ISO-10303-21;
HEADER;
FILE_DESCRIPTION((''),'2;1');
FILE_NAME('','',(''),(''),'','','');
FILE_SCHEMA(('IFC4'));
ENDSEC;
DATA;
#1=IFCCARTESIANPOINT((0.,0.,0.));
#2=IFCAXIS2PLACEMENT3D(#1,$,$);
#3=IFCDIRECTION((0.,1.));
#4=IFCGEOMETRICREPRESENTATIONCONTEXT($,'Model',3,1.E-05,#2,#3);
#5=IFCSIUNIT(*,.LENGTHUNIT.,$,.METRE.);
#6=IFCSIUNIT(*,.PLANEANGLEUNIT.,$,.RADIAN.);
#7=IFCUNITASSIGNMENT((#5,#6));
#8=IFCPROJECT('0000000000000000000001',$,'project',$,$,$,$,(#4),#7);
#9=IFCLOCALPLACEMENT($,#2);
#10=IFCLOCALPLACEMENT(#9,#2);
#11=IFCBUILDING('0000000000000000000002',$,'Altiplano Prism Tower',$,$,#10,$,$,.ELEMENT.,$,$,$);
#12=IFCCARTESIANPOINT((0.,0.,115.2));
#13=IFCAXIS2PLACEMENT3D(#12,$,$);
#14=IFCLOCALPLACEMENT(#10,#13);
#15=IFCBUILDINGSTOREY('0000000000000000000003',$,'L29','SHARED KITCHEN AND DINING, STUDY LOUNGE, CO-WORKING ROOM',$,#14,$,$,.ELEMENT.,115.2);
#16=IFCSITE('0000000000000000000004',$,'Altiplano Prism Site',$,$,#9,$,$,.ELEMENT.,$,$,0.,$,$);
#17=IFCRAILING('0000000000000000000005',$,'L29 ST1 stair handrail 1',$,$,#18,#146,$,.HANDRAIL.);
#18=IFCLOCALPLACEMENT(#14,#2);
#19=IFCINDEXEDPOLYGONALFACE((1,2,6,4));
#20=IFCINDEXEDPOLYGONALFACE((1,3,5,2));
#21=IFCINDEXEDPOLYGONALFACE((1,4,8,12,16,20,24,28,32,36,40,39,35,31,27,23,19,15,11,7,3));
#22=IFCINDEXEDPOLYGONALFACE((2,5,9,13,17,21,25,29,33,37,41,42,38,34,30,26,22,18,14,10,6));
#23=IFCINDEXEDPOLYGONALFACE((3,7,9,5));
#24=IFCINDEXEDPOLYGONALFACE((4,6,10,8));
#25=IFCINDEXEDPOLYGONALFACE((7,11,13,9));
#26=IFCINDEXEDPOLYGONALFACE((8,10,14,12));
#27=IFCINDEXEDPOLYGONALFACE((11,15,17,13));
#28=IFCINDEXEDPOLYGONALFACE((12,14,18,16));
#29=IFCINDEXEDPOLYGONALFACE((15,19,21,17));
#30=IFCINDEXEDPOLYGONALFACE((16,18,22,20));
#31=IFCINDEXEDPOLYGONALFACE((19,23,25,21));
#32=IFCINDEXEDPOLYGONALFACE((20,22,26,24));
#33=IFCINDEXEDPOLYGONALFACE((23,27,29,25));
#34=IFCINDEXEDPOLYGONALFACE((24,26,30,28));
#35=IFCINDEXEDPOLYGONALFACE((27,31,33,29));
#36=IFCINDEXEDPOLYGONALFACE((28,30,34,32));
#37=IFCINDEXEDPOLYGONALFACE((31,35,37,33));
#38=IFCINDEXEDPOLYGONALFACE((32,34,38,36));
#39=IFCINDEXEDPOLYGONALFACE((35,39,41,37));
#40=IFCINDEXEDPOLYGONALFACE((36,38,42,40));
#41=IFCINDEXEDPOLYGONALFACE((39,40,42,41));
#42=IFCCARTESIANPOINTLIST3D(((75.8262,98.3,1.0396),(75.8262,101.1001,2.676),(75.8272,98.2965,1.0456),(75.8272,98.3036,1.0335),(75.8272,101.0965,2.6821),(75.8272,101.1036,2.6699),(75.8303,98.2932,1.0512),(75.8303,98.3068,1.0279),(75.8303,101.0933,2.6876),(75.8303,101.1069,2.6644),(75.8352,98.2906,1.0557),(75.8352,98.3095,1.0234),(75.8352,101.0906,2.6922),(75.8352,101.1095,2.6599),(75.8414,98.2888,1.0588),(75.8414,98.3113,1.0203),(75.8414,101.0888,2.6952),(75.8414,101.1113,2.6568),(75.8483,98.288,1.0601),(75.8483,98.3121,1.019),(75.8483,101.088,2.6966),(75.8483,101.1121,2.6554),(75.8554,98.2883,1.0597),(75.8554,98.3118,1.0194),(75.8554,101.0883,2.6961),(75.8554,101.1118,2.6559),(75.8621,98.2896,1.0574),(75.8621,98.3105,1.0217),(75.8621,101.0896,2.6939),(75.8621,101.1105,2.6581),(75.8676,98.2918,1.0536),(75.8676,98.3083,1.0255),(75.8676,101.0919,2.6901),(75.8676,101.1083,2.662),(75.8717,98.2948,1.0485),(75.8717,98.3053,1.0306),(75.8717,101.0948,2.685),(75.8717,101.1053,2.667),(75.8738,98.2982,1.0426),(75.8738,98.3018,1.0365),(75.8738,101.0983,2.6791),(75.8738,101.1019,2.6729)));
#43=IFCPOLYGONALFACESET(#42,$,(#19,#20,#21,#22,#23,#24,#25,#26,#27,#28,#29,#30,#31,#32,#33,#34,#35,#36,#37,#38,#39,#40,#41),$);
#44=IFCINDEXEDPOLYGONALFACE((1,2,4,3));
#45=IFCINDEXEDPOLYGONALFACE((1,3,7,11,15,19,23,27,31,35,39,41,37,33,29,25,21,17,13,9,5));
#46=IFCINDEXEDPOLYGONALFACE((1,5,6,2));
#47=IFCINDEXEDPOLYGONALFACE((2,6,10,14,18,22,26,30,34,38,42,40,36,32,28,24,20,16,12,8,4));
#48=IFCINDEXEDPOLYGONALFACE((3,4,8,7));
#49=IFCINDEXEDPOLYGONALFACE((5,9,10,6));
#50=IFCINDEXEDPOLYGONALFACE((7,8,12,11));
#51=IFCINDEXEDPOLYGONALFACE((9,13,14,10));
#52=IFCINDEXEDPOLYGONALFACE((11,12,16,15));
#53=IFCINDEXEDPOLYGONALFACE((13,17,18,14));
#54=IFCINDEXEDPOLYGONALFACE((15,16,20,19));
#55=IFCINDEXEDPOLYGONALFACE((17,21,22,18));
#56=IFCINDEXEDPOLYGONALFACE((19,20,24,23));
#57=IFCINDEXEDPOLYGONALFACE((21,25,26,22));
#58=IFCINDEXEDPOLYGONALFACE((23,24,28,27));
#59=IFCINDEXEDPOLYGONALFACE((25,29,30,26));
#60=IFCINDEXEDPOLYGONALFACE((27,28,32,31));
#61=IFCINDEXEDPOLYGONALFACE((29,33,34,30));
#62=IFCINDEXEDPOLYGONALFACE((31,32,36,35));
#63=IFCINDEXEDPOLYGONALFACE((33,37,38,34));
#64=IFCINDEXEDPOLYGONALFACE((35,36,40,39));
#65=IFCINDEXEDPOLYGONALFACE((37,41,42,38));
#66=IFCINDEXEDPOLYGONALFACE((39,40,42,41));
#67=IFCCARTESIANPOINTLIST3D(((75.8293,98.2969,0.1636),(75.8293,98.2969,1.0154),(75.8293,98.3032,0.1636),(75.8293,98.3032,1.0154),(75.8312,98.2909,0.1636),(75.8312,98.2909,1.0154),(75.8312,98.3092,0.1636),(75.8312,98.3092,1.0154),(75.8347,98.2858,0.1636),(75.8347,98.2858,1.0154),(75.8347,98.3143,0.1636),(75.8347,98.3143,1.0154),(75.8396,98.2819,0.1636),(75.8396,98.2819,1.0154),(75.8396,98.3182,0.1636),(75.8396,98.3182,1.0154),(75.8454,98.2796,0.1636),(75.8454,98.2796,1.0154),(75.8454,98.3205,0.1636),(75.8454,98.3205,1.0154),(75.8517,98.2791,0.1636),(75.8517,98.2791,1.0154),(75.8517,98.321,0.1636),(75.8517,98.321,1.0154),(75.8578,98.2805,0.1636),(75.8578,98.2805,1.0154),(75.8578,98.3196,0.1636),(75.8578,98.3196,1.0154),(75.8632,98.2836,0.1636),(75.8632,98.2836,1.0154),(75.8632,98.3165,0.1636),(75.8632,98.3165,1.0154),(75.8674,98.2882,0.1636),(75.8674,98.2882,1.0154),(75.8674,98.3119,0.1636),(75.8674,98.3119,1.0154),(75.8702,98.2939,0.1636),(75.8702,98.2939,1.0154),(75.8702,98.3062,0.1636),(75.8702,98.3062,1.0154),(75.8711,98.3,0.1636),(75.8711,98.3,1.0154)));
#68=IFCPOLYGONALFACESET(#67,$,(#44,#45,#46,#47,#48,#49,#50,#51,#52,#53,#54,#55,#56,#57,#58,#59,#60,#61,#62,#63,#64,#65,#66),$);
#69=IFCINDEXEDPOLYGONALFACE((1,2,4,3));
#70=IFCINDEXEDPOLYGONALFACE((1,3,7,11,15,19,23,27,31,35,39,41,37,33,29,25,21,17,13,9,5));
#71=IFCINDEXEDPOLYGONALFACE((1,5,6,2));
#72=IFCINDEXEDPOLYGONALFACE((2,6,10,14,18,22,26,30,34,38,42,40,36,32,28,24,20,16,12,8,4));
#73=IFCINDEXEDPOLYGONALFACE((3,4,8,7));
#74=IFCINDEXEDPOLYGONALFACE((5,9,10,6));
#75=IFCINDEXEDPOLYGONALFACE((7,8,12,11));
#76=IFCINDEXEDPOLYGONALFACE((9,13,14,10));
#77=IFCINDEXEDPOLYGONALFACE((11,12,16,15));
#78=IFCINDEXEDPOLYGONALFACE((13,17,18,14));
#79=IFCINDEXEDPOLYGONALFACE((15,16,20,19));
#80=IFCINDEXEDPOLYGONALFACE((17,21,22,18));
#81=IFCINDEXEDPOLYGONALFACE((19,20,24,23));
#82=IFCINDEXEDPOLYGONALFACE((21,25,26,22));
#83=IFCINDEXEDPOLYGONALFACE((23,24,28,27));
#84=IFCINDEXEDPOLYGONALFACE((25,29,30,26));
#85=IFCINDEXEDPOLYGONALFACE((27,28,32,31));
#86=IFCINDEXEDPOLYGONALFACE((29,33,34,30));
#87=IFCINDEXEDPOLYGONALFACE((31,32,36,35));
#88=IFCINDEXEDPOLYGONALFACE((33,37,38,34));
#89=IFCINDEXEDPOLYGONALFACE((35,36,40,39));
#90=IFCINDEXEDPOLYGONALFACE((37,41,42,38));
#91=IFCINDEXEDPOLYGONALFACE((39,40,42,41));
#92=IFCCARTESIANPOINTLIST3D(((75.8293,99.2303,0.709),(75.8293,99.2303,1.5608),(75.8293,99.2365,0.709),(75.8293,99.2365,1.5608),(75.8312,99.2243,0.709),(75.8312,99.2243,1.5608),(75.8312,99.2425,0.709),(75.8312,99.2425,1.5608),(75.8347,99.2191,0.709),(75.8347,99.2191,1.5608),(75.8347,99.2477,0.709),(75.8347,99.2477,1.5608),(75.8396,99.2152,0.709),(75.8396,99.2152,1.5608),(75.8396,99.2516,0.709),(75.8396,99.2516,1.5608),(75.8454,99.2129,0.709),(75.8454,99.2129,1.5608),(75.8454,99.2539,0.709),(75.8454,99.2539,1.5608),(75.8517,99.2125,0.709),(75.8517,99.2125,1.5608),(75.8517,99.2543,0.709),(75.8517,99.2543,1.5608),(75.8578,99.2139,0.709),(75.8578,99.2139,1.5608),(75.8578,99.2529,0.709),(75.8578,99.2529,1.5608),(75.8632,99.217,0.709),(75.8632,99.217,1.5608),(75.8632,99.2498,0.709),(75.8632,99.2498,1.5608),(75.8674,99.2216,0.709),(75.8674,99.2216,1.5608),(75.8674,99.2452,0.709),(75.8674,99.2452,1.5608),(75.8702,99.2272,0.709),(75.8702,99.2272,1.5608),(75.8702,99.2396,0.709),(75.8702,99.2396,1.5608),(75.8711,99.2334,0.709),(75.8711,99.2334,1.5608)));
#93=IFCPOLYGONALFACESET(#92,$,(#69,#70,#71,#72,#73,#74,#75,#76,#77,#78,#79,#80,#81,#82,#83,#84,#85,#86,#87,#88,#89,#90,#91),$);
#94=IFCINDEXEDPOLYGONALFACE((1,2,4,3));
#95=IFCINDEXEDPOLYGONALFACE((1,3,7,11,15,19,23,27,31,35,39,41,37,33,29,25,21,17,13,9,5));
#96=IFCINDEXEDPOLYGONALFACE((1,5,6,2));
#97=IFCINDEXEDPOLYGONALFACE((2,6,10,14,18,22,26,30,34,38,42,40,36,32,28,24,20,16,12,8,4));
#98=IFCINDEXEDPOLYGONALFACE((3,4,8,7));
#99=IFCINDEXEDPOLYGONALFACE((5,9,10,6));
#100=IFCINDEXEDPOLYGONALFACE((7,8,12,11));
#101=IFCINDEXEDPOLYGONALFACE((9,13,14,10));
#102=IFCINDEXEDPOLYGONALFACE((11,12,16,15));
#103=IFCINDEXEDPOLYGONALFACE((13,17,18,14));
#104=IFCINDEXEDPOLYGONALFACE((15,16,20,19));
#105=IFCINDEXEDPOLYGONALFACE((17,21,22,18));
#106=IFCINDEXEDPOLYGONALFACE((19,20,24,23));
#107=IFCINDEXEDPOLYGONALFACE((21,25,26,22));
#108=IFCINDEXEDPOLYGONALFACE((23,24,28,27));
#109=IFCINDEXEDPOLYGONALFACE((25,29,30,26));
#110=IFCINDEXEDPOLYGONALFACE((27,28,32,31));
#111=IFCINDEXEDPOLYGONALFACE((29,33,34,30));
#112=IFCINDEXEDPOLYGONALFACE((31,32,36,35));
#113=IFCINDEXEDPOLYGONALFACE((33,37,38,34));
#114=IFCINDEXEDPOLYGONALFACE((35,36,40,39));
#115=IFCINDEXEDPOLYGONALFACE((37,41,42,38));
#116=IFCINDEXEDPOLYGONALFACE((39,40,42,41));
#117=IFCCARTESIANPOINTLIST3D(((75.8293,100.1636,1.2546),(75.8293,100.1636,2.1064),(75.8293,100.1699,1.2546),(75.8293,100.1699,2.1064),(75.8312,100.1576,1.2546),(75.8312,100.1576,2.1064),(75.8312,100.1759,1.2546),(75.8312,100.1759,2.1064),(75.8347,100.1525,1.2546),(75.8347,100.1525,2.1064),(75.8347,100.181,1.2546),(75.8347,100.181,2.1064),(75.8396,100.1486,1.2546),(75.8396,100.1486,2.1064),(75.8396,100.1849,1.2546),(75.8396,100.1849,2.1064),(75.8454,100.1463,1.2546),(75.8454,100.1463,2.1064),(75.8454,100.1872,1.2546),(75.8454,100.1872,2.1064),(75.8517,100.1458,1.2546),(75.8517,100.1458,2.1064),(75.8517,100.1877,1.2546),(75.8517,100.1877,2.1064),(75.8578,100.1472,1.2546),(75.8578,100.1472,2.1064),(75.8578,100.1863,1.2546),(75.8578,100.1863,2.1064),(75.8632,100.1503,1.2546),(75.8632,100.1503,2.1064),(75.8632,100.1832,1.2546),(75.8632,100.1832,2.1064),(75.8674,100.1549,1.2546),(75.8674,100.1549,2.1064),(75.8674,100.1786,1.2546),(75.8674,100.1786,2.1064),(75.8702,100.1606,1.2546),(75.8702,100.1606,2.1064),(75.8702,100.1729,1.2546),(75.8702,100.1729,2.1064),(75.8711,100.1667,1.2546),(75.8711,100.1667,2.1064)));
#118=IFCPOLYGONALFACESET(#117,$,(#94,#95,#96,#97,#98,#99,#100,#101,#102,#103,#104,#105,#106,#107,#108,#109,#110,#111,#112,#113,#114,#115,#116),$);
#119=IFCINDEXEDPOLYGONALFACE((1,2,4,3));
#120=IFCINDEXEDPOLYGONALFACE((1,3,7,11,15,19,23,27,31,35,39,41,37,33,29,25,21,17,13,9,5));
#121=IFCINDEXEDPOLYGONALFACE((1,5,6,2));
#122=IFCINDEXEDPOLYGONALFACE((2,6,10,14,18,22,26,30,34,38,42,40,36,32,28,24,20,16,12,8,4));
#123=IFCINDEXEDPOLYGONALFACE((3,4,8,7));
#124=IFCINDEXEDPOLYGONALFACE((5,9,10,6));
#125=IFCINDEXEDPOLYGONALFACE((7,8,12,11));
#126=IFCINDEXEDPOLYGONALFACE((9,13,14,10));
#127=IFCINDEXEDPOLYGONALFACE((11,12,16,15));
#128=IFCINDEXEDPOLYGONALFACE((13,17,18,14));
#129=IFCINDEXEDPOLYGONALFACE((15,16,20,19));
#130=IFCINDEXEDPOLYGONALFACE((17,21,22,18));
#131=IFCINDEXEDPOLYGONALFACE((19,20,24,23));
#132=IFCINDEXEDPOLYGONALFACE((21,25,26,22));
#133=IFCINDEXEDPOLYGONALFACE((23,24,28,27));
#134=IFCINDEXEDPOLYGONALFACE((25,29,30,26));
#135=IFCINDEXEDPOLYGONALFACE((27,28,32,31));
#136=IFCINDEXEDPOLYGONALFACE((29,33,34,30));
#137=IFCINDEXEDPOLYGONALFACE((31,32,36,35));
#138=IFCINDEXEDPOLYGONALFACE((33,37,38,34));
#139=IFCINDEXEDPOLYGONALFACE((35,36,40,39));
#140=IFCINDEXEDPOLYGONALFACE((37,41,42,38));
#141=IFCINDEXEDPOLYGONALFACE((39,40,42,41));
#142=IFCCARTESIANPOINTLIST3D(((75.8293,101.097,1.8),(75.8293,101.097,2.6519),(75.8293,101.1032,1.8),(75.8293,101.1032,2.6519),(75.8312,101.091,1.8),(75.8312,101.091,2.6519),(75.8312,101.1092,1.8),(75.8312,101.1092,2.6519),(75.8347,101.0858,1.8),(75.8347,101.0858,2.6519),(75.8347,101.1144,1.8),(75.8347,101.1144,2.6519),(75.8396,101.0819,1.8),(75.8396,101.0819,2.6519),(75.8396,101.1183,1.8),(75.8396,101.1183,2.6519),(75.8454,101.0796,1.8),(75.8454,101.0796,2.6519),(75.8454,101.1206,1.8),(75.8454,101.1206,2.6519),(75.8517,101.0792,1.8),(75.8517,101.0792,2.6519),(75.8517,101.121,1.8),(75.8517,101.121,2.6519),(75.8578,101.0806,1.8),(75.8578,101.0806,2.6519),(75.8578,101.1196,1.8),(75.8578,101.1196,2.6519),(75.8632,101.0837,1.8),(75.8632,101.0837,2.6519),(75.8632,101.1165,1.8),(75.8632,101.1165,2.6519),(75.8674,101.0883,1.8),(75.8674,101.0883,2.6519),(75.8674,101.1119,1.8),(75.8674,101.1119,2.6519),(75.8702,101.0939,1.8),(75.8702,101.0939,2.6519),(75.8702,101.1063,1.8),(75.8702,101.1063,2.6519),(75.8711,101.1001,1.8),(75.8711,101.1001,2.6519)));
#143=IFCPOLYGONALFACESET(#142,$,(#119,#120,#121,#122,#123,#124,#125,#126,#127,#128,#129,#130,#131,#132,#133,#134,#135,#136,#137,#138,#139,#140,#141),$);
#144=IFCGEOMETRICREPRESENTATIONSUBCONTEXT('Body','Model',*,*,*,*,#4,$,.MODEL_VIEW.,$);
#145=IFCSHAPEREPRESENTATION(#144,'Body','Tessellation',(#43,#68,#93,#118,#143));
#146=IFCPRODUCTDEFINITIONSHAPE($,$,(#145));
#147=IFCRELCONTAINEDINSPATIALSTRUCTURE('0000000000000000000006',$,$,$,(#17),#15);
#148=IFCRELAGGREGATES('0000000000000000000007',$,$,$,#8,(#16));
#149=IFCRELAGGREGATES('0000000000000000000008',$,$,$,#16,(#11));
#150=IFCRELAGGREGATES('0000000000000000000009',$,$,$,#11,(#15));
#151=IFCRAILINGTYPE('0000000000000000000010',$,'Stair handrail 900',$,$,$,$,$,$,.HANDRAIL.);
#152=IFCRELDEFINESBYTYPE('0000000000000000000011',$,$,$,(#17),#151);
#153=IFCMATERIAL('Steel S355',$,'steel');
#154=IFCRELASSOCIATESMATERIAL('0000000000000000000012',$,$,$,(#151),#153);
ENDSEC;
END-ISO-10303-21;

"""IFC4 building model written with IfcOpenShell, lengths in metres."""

from ifc_helpers import new_model, si_unit, direction, frame, origin, origin_2d, place, context, subcontext, project, spatial, circle, extrude, material, type_object, element, save


model = new_model("IFC4")

# Units and contexts
model_context = context("Model", 3, precision=1e-05, world=origin(), true_north=direction((0.0, 1.0)))
body_context = subcontext(model_context, "Body", "Model", "MODEL_VIEW")
ifc_project = project(units=[si_unit("LENGTHUNIT", "METRE"), si_unit("PLANEANGLEUNIT", "RADIAN")], contexts=[model_context])

# Site, building, storey
site_placement = place(None, origin())
site = spatial("IfcSite", under=ifc_project, at=site_placement, Name="Altiplano Prism Site", CompositionType="ELEMENT", RefElevation=0.0)
building_placement = place(site_placement, origin())
building = spatial("IfcBuilding", under=site, at=building_placement, Name="Altiplano Prism Tower", CompositionType="ELEMENT")
storey_placement = place(building_placement, frame((0.0, 0.0, 115.2)))
storey = spatial("IfcBuildingStorey", under=building, at=storey_placement, Name="L29", Description="SHARED KITCHEN AND DINING, STUDY LOUNGE, CO-WORKING ROOM", CompositionType="ELEMENT", Elevation=115.2)

# Railing
ifc_material_1 = material(Name="Steel S355", Category="steel")
railing_type = type_object("IfcRailingType", Name="Stair handrail 900", PredefinedType="HANDRAIL", material=ifc_material_1)
railing_1_placement = place(storey_placement, frame((75.8501, 98.3, 0.1636)))
element("IfcRailing", 1, at=railing_1_placement, inside=storey, type_object=railing_type, Name="L29 ST1 stair handrail 1", PredefinedType="HANDRAIL", context=body_context, shape_type="SweptSolid", body=[
    extrude(circle(Radius=0.0239, at=origin_2d()), frame((0.0, 0.0, 0.876), z_axis=(0.0, 0.863361, 0.504587), x_axis=(-1.0, 0.0, 0.0)), (0.0, 0.0, 1.0), 3.2432),
    extrude(circle(Radius=0.021, at=origin_2d()), origin(), (0.0, 0.0, 1.0), 0.8518),
    extrude(circle(Radius=0.021, at=origin_2d()), frame((0.0, 0.9333, 0.5454)), (0.0, 0.0, 1.0), 0.8518),
    extrude(circle(Radius=0.021, at=origin_2d()), frame((0.0, 1.8667, 1.0911)), (0.0, 0.0, 1.0), 0.8518),
    extrude(circle(Radius=0.021, at=origin_2d()), frame((0.0, 2.8, 1.6365)), (0.0, 0.0, 1.0), 0.8518),
])

save(model, "model.ifc")
